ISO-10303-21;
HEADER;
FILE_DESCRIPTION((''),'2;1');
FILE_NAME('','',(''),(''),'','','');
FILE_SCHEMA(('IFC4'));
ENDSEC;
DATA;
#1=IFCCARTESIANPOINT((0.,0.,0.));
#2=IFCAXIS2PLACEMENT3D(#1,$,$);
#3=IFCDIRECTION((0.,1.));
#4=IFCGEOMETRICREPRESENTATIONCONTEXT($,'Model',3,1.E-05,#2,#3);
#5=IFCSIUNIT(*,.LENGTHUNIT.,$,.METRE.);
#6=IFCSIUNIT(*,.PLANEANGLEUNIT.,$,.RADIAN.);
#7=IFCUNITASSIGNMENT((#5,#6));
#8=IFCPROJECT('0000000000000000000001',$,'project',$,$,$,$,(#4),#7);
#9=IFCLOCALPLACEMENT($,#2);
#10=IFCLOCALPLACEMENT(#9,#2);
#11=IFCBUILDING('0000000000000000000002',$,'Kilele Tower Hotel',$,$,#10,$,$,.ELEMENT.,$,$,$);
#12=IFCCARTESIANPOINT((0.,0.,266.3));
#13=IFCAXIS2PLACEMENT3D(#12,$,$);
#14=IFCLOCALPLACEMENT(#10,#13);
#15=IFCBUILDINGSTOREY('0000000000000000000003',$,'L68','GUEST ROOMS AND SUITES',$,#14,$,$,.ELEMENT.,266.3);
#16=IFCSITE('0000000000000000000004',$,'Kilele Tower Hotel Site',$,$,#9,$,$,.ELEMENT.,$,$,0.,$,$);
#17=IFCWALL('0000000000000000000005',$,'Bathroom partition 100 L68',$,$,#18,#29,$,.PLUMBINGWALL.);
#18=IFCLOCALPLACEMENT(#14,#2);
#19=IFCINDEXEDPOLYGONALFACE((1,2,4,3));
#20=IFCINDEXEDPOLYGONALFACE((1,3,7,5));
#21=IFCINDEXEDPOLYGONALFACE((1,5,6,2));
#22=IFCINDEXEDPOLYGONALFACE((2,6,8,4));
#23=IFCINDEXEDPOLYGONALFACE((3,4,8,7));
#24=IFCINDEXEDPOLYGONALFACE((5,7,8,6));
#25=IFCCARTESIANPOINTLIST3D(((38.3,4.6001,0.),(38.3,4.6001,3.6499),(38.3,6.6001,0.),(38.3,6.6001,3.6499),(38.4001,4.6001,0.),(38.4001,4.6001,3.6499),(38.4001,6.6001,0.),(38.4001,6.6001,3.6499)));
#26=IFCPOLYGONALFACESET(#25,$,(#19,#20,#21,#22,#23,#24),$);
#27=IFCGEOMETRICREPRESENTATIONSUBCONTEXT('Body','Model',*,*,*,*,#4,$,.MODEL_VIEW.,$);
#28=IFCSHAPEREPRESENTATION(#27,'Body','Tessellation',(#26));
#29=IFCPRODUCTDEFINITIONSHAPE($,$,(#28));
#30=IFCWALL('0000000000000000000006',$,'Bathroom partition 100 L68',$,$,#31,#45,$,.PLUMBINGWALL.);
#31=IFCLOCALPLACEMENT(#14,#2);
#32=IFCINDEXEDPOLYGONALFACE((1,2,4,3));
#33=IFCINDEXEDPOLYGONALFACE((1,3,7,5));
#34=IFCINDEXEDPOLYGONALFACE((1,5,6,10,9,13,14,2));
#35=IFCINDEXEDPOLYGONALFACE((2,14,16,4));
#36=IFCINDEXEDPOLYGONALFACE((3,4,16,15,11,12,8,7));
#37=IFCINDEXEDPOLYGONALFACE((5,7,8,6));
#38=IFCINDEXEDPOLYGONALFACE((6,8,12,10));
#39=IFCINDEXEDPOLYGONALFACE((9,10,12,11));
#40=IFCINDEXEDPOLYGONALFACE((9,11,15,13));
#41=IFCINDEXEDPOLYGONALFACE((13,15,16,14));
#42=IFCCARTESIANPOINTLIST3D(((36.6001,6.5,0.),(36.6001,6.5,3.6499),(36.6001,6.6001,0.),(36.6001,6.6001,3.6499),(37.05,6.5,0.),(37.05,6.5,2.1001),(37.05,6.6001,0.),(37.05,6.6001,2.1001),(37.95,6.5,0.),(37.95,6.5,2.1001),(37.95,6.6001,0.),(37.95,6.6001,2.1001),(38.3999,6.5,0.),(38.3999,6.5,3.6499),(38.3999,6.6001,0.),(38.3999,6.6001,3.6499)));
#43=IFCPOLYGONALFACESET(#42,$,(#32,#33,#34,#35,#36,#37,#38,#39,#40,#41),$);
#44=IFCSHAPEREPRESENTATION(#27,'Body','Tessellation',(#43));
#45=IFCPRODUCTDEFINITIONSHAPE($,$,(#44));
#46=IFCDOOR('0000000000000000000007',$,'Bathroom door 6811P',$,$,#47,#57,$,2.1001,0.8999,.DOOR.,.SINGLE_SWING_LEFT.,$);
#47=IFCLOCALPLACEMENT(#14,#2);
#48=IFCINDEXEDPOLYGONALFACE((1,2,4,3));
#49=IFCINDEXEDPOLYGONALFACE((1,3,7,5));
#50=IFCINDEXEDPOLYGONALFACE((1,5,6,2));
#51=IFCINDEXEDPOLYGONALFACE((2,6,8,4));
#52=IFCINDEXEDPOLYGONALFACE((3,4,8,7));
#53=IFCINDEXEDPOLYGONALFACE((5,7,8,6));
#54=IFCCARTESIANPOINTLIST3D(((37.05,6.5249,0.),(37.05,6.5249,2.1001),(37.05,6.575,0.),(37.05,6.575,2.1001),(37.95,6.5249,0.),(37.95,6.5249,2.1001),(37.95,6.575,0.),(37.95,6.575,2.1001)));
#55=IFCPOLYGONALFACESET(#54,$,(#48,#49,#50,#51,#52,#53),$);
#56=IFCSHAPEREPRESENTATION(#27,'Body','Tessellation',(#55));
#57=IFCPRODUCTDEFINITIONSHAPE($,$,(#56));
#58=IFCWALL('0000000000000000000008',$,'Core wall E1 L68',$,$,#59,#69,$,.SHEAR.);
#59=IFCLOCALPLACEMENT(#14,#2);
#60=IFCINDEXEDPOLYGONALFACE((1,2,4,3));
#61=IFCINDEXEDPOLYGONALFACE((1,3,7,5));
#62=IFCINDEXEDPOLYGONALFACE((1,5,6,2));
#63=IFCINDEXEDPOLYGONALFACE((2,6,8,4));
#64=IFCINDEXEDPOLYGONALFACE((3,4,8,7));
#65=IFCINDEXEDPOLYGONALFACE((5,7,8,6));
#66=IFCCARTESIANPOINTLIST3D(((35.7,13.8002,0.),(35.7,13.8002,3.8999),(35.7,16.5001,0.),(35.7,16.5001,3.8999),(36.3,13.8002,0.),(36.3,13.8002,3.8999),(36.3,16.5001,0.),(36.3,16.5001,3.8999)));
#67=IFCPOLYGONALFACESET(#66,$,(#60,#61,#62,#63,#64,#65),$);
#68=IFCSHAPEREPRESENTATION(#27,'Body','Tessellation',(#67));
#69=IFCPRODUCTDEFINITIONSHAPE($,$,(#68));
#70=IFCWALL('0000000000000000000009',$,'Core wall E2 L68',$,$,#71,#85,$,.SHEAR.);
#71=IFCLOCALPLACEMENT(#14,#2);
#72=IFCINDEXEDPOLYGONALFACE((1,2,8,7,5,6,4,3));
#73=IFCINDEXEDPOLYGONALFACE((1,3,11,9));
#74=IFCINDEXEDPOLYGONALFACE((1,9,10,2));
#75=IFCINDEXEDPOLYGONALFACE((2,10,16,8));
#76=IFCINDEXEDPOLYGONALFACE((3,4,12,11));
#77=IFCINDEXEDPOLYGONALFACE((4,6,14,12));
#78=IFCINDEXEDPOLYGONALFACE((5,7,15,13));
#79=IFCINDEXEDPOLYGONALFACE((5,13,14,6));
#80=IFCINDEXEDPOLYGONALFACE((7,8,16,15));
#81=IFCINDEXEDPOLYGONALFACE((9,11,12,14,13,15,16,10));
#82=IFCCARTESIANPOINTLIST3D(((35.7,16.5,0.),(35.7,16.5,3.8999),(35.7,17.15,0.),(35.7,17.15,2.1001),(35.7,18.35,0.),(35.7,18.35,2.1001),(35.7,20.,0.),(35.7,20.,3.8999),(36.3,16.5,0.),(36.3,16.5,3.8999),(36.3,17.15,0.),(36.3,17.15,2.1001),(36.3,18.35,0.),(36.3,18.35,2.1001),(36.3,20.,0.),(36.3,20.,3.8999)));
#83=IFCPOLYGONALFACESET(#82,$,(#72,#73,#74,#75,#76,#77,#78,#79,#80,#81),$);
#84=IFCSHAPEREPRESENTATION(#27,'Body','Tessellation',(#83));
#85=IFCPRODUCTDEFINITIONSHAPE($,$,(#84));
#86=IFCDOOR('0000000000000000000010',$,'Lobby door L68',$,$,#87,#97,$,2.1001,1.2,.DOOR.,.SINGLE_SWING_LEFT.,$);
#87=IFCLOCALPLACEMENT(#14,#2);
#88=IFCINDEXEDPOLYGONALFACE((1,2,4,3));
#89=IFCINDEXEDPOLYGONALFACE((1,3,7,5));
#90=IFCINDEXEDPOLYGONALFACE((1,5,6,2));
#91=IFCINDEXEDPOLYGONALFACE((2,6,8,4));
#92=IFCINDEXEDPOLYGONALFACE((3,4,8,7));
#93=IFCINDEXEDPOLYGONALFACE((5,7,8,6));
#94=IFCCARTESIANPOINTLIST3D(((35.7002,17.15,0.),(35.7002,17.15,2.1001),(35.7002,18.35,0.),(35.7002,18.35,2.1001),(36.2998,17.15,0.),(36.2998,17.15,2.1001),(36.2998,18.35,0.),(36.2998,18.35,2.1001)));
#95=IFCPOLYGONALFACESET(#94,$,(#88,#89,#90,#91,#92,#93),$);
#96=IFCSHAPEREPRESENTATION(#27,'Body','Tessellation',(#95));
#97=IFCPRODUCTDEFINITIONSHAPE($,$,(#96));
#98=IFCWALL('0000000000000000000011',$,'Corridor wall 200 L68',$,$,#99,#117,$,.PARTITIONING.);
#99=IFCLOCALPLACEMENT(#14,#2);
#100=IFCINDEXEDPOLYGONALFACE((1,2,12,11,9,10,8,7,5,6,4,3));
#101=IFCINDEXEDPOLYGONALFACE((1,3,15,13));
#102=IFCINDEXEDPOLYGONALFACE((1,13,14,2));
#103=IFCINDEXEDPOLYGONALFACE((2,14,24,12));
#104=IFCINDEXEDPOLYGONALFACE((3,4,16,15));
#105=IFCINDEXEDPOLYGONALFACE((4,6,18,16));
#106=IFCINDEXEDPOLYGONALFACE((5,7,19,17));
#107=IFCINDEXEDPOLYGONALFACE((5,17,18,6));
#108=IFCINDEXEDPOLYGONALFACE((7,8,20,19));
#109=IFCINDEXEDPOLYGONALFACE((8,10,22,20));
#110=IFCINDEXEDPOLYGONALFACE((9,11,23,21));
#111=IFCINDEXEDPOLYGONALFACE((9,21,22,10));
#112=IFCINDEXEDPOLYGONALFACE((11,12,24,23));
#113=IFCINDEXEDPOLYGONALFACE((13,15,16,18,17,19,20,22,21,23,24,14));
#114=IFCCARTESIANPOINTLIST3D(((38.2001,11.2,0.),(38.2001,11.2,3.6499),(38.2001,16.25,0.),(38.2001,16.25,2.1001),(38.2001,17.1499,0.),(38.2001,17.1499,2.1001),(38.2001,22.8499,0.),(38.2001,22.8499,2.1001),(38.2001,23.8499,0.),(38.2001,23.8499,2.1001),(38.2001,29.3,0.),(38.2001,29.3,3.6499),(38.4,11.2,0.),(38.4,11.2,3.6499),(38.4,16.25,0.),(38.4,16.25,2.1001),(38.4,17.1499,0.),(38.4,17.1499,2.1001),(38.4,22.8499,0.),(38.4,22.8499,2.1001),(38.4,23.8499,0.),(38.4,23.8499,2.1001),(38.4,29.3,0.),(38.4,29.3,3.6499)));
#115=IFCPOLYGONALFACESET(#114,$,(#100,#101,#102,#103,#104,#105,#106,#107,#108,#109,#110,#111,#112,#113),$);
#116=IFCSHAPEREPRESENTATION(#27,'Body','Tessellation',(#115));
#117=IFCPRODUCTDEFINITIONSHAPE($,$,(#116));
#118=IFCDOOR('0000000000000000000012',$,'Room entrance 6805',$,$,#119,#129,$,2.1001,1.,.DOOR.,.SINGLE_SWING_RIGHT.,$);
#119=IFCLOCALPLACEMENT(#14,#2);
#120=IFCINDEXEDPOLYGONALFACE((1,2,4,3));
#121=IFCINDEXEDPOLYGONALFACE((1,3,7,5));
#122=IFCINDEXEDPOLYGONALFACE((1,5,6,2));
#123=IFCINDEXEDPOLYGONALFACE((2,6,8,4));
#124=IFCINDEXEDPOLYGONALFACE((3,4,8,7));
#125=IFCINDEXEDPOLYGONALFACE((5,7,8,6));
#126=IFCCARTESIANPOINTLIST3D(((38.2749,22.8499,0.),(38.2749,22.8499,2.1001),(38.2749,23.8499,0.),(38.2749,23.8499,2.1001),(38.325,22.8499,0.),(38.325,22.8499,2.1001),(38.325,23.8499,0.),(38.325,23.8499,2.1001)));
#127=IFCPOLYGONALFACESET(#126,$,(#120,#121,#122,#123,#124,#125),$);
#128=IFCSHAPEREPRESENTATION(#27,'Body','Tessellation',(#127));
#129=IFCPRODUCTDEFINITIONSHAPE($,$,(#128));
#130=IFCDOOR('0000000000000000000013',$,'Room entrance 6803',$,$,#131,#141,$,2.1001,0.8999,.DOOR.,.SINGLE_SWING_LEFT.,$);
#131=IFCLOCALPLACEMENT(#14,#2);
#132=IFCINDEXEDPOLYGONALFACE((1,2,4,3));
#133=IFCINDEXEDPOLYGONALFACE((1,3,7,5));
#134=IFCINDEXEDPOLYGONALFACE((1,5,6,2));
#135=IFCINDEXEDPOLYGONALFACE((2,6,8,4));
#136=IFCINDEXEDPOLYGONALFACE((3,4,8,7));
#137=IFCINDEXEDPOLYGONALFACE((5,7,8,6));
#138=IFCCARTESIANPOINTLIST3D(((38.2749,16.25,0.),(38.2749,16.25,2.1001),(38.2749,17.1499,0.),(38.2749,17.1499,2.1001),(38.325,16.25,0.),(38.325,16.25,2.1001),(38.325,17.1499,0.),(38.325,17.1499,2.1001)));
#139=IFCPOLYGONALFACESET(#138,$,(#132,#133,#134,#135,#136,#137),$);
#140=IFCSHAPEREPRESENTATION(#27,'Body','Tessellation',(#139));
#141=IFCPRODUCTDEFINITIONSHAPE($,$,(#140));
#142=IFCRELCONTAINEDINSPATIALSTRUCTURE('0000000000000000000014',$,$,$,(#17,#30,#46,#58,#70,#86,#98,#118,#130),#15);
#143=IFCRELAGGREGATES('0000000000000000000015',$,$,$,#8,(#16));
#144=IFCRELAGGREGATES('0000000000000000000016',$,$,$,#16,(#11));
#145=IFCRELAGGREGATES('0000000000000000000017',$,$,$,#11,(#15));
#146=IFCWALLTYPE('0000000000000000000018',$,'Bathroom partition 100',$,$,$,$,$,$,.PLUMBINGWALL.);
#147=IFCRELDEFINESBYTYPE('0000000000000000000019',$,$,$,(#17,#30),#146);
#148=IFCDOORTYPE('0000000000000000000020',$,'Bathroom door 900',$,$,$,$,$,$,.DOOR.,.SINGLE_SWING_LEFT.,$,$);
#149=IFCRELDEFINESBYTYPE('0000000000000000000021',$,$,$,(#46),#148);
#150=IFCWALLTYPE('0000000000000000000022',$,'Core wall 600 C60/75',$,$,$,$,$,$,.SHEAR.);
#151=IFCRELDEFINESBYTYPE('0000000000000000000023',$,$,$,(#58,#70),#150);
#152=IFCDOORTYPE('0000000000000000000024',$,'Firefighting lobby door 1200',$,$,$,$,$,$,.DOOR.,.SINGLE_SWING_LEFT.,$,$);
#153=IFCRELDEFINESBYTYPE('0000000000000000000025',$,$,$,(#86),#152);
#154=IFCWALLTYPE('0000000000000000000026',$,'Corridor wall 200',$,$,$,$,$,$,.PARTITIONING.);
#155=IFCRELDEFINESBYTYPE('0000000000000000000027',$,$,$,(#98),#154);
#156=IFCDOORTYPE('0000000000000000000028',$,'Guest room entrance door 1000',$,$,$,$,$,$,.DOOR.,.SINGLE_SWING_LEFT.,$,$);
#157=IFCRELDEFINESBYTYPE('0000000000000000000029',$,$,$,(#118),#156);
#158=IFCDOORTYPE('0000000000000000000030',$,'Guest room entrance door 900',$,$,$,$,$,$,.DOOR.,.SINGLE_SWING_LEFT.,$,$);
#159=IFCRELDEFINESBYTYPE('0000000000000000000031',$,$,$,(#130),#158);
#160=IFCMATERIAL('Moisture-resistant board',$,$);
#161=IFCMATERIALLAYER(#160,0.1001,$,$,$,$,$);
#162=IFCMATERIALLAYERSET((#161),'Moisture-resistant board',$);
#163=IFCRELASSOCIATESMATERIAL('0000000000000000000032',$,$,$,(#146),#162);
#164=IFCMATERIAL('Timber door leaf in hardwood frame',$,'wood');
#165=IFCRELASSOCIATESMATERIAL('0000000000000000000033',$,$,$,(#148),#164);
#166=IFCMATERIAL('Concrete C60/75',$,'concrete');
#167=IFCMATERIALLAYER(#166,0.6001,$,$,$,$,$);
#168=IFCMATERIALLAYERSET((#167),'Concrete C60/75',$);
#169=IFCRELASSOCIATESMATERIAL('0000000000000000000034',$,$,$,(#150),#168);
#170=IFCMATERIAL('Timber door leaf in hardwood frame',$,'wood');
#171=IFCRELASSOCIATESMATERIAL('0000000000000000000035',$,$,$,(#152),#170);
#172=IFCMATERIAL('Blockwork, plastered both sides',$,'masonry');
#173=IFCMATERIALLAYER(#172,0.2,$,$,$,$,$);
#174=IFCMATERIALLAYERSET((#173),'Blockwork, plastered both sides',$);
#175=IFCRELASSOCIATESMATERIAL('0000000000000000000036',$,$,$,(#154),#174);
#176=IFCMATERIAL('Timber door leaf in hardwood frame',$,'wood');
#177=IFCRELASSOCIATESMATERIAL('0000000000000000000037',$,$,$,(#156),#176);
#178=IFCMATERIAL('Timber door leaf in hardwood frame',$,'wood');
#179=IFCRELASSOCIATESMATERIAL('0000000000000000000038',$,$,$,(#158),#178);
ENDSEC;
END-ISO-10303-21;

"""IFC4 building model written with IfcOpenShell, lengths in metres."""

from ifc_helpers import new_model, si_unit, direction, frame, frame_2d, origin, place, context, subcontext, project, spatial, rectangle, extrude, material, layer, layer_set, type_object, element, fill, save


model = new_model("IFC4")

# Units and contexts
model_context = context("Model", 3, precision=1e-05, world=origin(), true_north=direction((0.0, 1.0)))
body_context = subcontext(model_context, "Body", "Model", "MODEL_VIEW")
ifc_project = project(units=[si_unit("LENGTHUNIT", "METRE"), si_unit("PLANEANGLEUNIT", "RADIAN")], contexts=[model_context])

# Site, building, storey
site_placement = place(None, origin())
site = spatial("IfcSite", under=ifc_project, at=site_placement, Name="Kilele Tower Hotel Site", CompositionType="ELEMENT", RefElevation=0.0)
building_placement = place(site_placement, origin())
building = spatial("IfcBuilding", under=site, at=building_placement, Name="Kilele Tower Hotel", CompositionType="ELEMENT")
storey_placement = place(building_placement, frame((0.0, 0.0, 266.3)))
storey = spatial("IfcBuildingStorey", under=building, at=storey_placement, Name="L68", Description="GUEST ROOMS AND SUITES", CompositionType="ELEMENT", Elevation=266.3)

# Shared definitions
ifc_material_1 = material(Name="Moisture-resistant board")
ifc_layer_1 = layer(ifc_material_1, 0.1001)
ifc_layer_set_1 = layer_set([ifc_layer_1], Name="Moisture-resistant board")
wall_type_1 = type_object("IfcWallType", Name="Bathroom partition 100", PredefinedType="PLUMBINGWALL", material=ifc_layer_set_1)

# Shared definitions
ifc_material_2 = material(Name="Timber door leaf in hardwood frame", Category="wood")
door_type_1 = type_object("IfcDoorType", Name="Bathroom door 900", OperationType="SINGLE_SWING_LEFT", PredefinedType="DOOR", material=ifc_material_2)

# Wall
wall_1_placement = place(storey_placement, frame((38.3501, 4.6001, 0.0), z_axis=(0.0, 0.0, 1.0), x_axis=(0.0, 1.0, 0.0)))
element("IfcWall", 1, at=wall_1_placement, inside=storey, type_object=wall_type_1, Name="Bathroom partition 100 L68", PredefinedType="PLUMBINGWALL", context=body_context, shape_type="SweptSolid", body=[
    extrude(rectangle(XDim=2.0, YDim=0.1001, at=frame_2d((1.0, 0.0))), origin(), (0.0, 0.0, 1.0), 3.6499),
])

# Wall, opening, door
wall_2_placement = place(storey_placement, frame((36.6001, 6.55, 0.0), z_axis=(0.0, 0.0, 1.0), x_axis=(1.0, 0.0, 0.0)))
wall_2 = element("IfcWall", 2, at=wall_2_placement, inside=storey, type_object=wall_type_1, Name="Bathroom partition 100 L68", PredefinedType="PLUMBINGWALL", context=body_context, shape_type="SweptSolid", body=[
    extrude(rectangle(XDim=1.7998, YDim=0.1001, at=frame_2d((0.8999, 0.0))), origin(), (0.0, 0.0, 1.0), 3.6499),
])
opening_1_placement = place(wall_2_placement, frame((0.45, 0.0, 0.0)))
opening_1 = element("IfcOpeningElement", 3, at=opening_1_placement, cuts=wall_2, PredefinedType="OPENING", context=body_context, shape_type="SweptSolid", body=[
    extrude(rectangle(XDim=0.8999, YDim=2.1001, at=frame_2d((0.45, 1.05))), frame((0.0, 0.0601, 0.0), z_axis=(0.0, -1.0, 0.0), x_axis=(1.0, 0.0, 0.0)), (0.0, 0.0, 1.0), 0.1201),
])
door_1_placement = place(opening_1_placement, origin())
door_1 = element("IfcDoor", 4, at=door_1_placement, inside=storey, type_object=door_type_1, Name="Bathroom door 6811P", OperationType="SINGLE_SWING_LEFT", OverallHeight=2.1001, OverallWidth=0.8999, PredefinedType="DOOR", context=body_context, shape_type="SweptSolid", body=[
    extrude(rectangle(XDim=0.8999, YDim=2.1001, at=frame_2d((0.45, 1.05))), frame((0.0, 0.0249, 0.0), z_axis=(0.0, -1.0, 0.0), x_axis=(1.0, 0.0, 0.0)), (0.0, 0.0, 1.0), 0.05),
])
fill(opening_1, door_1)

# Wall
ifc_material_3 = material(Name="Concrete C60/75", Category="concrete")
ifc_layer_2 = layer(ifc_material_3, 0.6001)
ifc_layer_set_2 = layer_set([ifc_layer_2], Name="Concrete C60/75")
wall_type_2 = type_object("IfcWallType", Name="Core wall 600 C60/75", PredefinedType="SHEAR", material=ifc_layer_set_2)
wall_3_placement = place(storey_placement, frame((36.0, 13.8, 0.0), z_axis=(0.0, 0.0, 1.0), x_axis=(0.0, 1.0, 0.0)))
element("IfcWall", 5, at=wall_3_placement, inside=storey, type_object=wall_type_2, Name="Core wall E1 L68", PredefinedType="SHEAR", context=body_context, shape_type="SweptSolid", body=[
    extrude(rectangle(XDim=2.7, YDim=0.6001, at=frame_2d((1.3501, 0.0))), origin(), (0.0, 0.0, 1.0), 3.8999),
])

# Wall, opening, door
wall_4_placement = place(storey_placement, frame((36.0, 16.5, 0.0), z_axis=(0.0, 0.0, 1.0), x_axis=(0.0, 1.0, 0.0)))
wall_4 = element("IfcWall", 6, at=wall_4_placement, inside=storey, type_object=wall_type_2, Name="Core wall E2 L68", PredefinedType="SHEAR", context=body_context, shape_type="SweptSolid", body=[
    extrude(rectangle(XDim=3.5, YDim=0.6001, at=frame_2d((1.75, 0.0))), origin(), (0.0, 0.0, 1.0), 3.8999),
])
opening_2_placement = place(wall_4_placement, frame((0.6499, 0.0, 0.0)))
opening_2 = element("IfcOpeningElement", 7, at=opening_2_placement, cuts=wall_4, PredefinedType="OPENING", context=body_context, shape_type="SweptSolid", body=[
    extrude(rectangle(XDim=1.2, YDim=2.1001, at=frame_2d((0.6001, 1.05))), frame((0.0, 0.3101, 0.0), z_axis=(0.0, -1.0, 0.0), x_axis=(1.0, 0.0, 0.0)), (0.0, 0.0, 1.0), 0.6201),
])
ifc_material_4 = material(Name="Timber door leaf in hardwood frame", Category="wood")
door_type_2 = type_object("IfcDoorType", Name="Firefighting lobby door 1200", OperationType="SINGLE_SWING_LEFT", PredefinedType="DOOR", material=ifc_material_4)
door_2_placement = place(opening_2_placement, origin())
door_2 = element("IfcDoor", 8, at=door_2_placement, inside=storey, type_object=door_type_2, Name="Lobby door L68", OperationType="SINGLE_SWING_LEFT", OverallHeight=2.1001, OverallWidth=1.2, PredefinedType="DOOR", context=body_context, shape_type="SweptSolid", body=[
    extrude(rectangle(XDim=1.2, YDim=2.1001, at=frame_2d((0.6001, 1.05))), frame((0.0, 0.2998, 0.0), z_axis=(0.0, -1.0, 0.0), x_axis=(1.0, 0.0, 0.0)), (0.0, 0.0, 1.0), 0.5996),
])
fill(opening_2, door_2)

# Wall, openings, doors
ifc_material_5 = material(Name="Blockwork, plastered both sides", Category="masonry")
ifc_layer_3 = layer(ifc_material_5, 0.2)
ifc_layer_set_3 = layer_set([ifc_layer_3], Name="Blockwork, plastered both sides")
wall_type_3 = type_object("IfcWallType", Name="Corridor wall 200", PredefinedType="PARTITIONING", material=ifc_layer_set_3)
wall_5_placement = place(storey_placement, frame((38.3, 11.2, 0.0), z_axis=(0.0, 0.0, 1.0), x_axis=(0.0, 1.0, 0.0)))
wall_5 = element("IfcWall", 9, at=wall_5_placement, inside=storey, type_object=wall_type_3, Name="Corridor wall 200 L68", PredefinedType="PARTITIONING", context=body_context, shape_type="SweptSolid", body=[
    extrude(rectangle(XDim=18.1001, YDim=0.2, at=frame_2d((9.05, 0.0))), origin(), (0.0, 0.0, 1.0), 3.6499),
])
opening_3_placement = place(wall_5_placement, frame((5.95, 0.0, 0.0), z_axis=(0.0, 0.0, 1.0), x_axis=(-1.0, 0.0, 0.0)))
opening_3 = element("IfcOpeningElement", 10, at=opening_3_placement, cuts=wall_5, PredefinedType="OPENING", context=body_context, shape_type="SweptSolid", body=[
    extrude(rectangle(XDim=0.8999, YDim=2.1001, at=frame_2d((0.45, 1.05))), frame((0.0, 0.1099, 0.0), z_axis=(0.0, -1.0, 0.0), x_axis=(1.0, 0.0, 0.0)), (0.0, 0.0, 1.0), 0.22),
])
opening_4_placement = place(wall_5_placement, frame((12.6499, 0.0, 0.0), z_axis=(0.0, 0.0, 1.0), x_axis=(-1.0, 0.0, 0.0)))
opening_4 = element("IfcOpeningElement", 11, at=opening_4_placement, cuts=wall_5, PredefinedType="OPENING", context=body_context, shape_type="SweptSolid", body=[
    extrude(rectangle(XDim=1.0, YDim=2.1001, at=frame_2d((0.5, 1.05))), frame((0.0, 0.1099, 0.0), z_axis=(0.0, -1.0, 0.0), x_axis=(1.0, 0.0, 0.0)), (0.0, 0.0, 1.0), 0.22),
])
ifc_material_6 = material(Name="Timber door leaf in hardwood frame", Category="wood")
door_type_3 = type_object("IfcDoorType", Name="Guest room entrance door 1000", OperationType="SINGLE_SWING_LEFT", PredefinedType="DOOR", material=ifc_material_6)
door_3_placement = place(opening_4_placement, origin())
door_3 = element("IfcDoor", 12, at=door_3_placement, inside=storey, type_object=door_type_3, Name="Room entrance 6805", OperationType="SINGLE_SWING_RIGHT", OverallHeight=2.1001, OverallWidth=1.0, PredefinedType="DOOR", context=body_context, shape_type="SweptSolid", body=[
    extrude(rectangle(XDim=1.0, YDim=2.1001, at=frame_2d((0.5, 1.05))), frame((0.0, 0.0249, 0.0), z_axis=(0.0, -1.0, 0.0), x_axis=(1.0, 0.0, 0.0)), (0.0, 0.0, 1.0), 0.05),
])
fill(opening_4, door_3)
ifc_material_7 = material(Name="Timber door leaf in hardwood frame", Category="wood")
door_type_4 = type_object("IfcDoorType", Name="Guest room entrance door 900", OperationType="SINGLE_SWING_LEFT", PredefinedType="DOOR", material=ifc_material_7)
door_4_placement = place(opening_3_placement, origin())
door_4 = element("IfcDoor", 13, at=door_4_placement, inside=storey, type_object=door_type_4, Name="Room entrance 6803", OperationType="SINGLE_SWING_LEFT", OverallHeight=2.1001, OverallWidth=0.8999, PredefinedType="DOOR", context=body_context, shape_type="SweptSolid", body=[
    extrude(rectangle(XDim=0.8999, YDim=2.1001, at=frame_2d((0.45, 1.05))), frame((0.0, 0.0249, 0.0), z_axis=(0.0, -1.0, 0.0), x_axis=(1.0, 0.0, 0.0)), (0.0, 0.0, 1.0), 0.05),
])
fill(opening_3, door_4)

save(model, "model.ifc")
